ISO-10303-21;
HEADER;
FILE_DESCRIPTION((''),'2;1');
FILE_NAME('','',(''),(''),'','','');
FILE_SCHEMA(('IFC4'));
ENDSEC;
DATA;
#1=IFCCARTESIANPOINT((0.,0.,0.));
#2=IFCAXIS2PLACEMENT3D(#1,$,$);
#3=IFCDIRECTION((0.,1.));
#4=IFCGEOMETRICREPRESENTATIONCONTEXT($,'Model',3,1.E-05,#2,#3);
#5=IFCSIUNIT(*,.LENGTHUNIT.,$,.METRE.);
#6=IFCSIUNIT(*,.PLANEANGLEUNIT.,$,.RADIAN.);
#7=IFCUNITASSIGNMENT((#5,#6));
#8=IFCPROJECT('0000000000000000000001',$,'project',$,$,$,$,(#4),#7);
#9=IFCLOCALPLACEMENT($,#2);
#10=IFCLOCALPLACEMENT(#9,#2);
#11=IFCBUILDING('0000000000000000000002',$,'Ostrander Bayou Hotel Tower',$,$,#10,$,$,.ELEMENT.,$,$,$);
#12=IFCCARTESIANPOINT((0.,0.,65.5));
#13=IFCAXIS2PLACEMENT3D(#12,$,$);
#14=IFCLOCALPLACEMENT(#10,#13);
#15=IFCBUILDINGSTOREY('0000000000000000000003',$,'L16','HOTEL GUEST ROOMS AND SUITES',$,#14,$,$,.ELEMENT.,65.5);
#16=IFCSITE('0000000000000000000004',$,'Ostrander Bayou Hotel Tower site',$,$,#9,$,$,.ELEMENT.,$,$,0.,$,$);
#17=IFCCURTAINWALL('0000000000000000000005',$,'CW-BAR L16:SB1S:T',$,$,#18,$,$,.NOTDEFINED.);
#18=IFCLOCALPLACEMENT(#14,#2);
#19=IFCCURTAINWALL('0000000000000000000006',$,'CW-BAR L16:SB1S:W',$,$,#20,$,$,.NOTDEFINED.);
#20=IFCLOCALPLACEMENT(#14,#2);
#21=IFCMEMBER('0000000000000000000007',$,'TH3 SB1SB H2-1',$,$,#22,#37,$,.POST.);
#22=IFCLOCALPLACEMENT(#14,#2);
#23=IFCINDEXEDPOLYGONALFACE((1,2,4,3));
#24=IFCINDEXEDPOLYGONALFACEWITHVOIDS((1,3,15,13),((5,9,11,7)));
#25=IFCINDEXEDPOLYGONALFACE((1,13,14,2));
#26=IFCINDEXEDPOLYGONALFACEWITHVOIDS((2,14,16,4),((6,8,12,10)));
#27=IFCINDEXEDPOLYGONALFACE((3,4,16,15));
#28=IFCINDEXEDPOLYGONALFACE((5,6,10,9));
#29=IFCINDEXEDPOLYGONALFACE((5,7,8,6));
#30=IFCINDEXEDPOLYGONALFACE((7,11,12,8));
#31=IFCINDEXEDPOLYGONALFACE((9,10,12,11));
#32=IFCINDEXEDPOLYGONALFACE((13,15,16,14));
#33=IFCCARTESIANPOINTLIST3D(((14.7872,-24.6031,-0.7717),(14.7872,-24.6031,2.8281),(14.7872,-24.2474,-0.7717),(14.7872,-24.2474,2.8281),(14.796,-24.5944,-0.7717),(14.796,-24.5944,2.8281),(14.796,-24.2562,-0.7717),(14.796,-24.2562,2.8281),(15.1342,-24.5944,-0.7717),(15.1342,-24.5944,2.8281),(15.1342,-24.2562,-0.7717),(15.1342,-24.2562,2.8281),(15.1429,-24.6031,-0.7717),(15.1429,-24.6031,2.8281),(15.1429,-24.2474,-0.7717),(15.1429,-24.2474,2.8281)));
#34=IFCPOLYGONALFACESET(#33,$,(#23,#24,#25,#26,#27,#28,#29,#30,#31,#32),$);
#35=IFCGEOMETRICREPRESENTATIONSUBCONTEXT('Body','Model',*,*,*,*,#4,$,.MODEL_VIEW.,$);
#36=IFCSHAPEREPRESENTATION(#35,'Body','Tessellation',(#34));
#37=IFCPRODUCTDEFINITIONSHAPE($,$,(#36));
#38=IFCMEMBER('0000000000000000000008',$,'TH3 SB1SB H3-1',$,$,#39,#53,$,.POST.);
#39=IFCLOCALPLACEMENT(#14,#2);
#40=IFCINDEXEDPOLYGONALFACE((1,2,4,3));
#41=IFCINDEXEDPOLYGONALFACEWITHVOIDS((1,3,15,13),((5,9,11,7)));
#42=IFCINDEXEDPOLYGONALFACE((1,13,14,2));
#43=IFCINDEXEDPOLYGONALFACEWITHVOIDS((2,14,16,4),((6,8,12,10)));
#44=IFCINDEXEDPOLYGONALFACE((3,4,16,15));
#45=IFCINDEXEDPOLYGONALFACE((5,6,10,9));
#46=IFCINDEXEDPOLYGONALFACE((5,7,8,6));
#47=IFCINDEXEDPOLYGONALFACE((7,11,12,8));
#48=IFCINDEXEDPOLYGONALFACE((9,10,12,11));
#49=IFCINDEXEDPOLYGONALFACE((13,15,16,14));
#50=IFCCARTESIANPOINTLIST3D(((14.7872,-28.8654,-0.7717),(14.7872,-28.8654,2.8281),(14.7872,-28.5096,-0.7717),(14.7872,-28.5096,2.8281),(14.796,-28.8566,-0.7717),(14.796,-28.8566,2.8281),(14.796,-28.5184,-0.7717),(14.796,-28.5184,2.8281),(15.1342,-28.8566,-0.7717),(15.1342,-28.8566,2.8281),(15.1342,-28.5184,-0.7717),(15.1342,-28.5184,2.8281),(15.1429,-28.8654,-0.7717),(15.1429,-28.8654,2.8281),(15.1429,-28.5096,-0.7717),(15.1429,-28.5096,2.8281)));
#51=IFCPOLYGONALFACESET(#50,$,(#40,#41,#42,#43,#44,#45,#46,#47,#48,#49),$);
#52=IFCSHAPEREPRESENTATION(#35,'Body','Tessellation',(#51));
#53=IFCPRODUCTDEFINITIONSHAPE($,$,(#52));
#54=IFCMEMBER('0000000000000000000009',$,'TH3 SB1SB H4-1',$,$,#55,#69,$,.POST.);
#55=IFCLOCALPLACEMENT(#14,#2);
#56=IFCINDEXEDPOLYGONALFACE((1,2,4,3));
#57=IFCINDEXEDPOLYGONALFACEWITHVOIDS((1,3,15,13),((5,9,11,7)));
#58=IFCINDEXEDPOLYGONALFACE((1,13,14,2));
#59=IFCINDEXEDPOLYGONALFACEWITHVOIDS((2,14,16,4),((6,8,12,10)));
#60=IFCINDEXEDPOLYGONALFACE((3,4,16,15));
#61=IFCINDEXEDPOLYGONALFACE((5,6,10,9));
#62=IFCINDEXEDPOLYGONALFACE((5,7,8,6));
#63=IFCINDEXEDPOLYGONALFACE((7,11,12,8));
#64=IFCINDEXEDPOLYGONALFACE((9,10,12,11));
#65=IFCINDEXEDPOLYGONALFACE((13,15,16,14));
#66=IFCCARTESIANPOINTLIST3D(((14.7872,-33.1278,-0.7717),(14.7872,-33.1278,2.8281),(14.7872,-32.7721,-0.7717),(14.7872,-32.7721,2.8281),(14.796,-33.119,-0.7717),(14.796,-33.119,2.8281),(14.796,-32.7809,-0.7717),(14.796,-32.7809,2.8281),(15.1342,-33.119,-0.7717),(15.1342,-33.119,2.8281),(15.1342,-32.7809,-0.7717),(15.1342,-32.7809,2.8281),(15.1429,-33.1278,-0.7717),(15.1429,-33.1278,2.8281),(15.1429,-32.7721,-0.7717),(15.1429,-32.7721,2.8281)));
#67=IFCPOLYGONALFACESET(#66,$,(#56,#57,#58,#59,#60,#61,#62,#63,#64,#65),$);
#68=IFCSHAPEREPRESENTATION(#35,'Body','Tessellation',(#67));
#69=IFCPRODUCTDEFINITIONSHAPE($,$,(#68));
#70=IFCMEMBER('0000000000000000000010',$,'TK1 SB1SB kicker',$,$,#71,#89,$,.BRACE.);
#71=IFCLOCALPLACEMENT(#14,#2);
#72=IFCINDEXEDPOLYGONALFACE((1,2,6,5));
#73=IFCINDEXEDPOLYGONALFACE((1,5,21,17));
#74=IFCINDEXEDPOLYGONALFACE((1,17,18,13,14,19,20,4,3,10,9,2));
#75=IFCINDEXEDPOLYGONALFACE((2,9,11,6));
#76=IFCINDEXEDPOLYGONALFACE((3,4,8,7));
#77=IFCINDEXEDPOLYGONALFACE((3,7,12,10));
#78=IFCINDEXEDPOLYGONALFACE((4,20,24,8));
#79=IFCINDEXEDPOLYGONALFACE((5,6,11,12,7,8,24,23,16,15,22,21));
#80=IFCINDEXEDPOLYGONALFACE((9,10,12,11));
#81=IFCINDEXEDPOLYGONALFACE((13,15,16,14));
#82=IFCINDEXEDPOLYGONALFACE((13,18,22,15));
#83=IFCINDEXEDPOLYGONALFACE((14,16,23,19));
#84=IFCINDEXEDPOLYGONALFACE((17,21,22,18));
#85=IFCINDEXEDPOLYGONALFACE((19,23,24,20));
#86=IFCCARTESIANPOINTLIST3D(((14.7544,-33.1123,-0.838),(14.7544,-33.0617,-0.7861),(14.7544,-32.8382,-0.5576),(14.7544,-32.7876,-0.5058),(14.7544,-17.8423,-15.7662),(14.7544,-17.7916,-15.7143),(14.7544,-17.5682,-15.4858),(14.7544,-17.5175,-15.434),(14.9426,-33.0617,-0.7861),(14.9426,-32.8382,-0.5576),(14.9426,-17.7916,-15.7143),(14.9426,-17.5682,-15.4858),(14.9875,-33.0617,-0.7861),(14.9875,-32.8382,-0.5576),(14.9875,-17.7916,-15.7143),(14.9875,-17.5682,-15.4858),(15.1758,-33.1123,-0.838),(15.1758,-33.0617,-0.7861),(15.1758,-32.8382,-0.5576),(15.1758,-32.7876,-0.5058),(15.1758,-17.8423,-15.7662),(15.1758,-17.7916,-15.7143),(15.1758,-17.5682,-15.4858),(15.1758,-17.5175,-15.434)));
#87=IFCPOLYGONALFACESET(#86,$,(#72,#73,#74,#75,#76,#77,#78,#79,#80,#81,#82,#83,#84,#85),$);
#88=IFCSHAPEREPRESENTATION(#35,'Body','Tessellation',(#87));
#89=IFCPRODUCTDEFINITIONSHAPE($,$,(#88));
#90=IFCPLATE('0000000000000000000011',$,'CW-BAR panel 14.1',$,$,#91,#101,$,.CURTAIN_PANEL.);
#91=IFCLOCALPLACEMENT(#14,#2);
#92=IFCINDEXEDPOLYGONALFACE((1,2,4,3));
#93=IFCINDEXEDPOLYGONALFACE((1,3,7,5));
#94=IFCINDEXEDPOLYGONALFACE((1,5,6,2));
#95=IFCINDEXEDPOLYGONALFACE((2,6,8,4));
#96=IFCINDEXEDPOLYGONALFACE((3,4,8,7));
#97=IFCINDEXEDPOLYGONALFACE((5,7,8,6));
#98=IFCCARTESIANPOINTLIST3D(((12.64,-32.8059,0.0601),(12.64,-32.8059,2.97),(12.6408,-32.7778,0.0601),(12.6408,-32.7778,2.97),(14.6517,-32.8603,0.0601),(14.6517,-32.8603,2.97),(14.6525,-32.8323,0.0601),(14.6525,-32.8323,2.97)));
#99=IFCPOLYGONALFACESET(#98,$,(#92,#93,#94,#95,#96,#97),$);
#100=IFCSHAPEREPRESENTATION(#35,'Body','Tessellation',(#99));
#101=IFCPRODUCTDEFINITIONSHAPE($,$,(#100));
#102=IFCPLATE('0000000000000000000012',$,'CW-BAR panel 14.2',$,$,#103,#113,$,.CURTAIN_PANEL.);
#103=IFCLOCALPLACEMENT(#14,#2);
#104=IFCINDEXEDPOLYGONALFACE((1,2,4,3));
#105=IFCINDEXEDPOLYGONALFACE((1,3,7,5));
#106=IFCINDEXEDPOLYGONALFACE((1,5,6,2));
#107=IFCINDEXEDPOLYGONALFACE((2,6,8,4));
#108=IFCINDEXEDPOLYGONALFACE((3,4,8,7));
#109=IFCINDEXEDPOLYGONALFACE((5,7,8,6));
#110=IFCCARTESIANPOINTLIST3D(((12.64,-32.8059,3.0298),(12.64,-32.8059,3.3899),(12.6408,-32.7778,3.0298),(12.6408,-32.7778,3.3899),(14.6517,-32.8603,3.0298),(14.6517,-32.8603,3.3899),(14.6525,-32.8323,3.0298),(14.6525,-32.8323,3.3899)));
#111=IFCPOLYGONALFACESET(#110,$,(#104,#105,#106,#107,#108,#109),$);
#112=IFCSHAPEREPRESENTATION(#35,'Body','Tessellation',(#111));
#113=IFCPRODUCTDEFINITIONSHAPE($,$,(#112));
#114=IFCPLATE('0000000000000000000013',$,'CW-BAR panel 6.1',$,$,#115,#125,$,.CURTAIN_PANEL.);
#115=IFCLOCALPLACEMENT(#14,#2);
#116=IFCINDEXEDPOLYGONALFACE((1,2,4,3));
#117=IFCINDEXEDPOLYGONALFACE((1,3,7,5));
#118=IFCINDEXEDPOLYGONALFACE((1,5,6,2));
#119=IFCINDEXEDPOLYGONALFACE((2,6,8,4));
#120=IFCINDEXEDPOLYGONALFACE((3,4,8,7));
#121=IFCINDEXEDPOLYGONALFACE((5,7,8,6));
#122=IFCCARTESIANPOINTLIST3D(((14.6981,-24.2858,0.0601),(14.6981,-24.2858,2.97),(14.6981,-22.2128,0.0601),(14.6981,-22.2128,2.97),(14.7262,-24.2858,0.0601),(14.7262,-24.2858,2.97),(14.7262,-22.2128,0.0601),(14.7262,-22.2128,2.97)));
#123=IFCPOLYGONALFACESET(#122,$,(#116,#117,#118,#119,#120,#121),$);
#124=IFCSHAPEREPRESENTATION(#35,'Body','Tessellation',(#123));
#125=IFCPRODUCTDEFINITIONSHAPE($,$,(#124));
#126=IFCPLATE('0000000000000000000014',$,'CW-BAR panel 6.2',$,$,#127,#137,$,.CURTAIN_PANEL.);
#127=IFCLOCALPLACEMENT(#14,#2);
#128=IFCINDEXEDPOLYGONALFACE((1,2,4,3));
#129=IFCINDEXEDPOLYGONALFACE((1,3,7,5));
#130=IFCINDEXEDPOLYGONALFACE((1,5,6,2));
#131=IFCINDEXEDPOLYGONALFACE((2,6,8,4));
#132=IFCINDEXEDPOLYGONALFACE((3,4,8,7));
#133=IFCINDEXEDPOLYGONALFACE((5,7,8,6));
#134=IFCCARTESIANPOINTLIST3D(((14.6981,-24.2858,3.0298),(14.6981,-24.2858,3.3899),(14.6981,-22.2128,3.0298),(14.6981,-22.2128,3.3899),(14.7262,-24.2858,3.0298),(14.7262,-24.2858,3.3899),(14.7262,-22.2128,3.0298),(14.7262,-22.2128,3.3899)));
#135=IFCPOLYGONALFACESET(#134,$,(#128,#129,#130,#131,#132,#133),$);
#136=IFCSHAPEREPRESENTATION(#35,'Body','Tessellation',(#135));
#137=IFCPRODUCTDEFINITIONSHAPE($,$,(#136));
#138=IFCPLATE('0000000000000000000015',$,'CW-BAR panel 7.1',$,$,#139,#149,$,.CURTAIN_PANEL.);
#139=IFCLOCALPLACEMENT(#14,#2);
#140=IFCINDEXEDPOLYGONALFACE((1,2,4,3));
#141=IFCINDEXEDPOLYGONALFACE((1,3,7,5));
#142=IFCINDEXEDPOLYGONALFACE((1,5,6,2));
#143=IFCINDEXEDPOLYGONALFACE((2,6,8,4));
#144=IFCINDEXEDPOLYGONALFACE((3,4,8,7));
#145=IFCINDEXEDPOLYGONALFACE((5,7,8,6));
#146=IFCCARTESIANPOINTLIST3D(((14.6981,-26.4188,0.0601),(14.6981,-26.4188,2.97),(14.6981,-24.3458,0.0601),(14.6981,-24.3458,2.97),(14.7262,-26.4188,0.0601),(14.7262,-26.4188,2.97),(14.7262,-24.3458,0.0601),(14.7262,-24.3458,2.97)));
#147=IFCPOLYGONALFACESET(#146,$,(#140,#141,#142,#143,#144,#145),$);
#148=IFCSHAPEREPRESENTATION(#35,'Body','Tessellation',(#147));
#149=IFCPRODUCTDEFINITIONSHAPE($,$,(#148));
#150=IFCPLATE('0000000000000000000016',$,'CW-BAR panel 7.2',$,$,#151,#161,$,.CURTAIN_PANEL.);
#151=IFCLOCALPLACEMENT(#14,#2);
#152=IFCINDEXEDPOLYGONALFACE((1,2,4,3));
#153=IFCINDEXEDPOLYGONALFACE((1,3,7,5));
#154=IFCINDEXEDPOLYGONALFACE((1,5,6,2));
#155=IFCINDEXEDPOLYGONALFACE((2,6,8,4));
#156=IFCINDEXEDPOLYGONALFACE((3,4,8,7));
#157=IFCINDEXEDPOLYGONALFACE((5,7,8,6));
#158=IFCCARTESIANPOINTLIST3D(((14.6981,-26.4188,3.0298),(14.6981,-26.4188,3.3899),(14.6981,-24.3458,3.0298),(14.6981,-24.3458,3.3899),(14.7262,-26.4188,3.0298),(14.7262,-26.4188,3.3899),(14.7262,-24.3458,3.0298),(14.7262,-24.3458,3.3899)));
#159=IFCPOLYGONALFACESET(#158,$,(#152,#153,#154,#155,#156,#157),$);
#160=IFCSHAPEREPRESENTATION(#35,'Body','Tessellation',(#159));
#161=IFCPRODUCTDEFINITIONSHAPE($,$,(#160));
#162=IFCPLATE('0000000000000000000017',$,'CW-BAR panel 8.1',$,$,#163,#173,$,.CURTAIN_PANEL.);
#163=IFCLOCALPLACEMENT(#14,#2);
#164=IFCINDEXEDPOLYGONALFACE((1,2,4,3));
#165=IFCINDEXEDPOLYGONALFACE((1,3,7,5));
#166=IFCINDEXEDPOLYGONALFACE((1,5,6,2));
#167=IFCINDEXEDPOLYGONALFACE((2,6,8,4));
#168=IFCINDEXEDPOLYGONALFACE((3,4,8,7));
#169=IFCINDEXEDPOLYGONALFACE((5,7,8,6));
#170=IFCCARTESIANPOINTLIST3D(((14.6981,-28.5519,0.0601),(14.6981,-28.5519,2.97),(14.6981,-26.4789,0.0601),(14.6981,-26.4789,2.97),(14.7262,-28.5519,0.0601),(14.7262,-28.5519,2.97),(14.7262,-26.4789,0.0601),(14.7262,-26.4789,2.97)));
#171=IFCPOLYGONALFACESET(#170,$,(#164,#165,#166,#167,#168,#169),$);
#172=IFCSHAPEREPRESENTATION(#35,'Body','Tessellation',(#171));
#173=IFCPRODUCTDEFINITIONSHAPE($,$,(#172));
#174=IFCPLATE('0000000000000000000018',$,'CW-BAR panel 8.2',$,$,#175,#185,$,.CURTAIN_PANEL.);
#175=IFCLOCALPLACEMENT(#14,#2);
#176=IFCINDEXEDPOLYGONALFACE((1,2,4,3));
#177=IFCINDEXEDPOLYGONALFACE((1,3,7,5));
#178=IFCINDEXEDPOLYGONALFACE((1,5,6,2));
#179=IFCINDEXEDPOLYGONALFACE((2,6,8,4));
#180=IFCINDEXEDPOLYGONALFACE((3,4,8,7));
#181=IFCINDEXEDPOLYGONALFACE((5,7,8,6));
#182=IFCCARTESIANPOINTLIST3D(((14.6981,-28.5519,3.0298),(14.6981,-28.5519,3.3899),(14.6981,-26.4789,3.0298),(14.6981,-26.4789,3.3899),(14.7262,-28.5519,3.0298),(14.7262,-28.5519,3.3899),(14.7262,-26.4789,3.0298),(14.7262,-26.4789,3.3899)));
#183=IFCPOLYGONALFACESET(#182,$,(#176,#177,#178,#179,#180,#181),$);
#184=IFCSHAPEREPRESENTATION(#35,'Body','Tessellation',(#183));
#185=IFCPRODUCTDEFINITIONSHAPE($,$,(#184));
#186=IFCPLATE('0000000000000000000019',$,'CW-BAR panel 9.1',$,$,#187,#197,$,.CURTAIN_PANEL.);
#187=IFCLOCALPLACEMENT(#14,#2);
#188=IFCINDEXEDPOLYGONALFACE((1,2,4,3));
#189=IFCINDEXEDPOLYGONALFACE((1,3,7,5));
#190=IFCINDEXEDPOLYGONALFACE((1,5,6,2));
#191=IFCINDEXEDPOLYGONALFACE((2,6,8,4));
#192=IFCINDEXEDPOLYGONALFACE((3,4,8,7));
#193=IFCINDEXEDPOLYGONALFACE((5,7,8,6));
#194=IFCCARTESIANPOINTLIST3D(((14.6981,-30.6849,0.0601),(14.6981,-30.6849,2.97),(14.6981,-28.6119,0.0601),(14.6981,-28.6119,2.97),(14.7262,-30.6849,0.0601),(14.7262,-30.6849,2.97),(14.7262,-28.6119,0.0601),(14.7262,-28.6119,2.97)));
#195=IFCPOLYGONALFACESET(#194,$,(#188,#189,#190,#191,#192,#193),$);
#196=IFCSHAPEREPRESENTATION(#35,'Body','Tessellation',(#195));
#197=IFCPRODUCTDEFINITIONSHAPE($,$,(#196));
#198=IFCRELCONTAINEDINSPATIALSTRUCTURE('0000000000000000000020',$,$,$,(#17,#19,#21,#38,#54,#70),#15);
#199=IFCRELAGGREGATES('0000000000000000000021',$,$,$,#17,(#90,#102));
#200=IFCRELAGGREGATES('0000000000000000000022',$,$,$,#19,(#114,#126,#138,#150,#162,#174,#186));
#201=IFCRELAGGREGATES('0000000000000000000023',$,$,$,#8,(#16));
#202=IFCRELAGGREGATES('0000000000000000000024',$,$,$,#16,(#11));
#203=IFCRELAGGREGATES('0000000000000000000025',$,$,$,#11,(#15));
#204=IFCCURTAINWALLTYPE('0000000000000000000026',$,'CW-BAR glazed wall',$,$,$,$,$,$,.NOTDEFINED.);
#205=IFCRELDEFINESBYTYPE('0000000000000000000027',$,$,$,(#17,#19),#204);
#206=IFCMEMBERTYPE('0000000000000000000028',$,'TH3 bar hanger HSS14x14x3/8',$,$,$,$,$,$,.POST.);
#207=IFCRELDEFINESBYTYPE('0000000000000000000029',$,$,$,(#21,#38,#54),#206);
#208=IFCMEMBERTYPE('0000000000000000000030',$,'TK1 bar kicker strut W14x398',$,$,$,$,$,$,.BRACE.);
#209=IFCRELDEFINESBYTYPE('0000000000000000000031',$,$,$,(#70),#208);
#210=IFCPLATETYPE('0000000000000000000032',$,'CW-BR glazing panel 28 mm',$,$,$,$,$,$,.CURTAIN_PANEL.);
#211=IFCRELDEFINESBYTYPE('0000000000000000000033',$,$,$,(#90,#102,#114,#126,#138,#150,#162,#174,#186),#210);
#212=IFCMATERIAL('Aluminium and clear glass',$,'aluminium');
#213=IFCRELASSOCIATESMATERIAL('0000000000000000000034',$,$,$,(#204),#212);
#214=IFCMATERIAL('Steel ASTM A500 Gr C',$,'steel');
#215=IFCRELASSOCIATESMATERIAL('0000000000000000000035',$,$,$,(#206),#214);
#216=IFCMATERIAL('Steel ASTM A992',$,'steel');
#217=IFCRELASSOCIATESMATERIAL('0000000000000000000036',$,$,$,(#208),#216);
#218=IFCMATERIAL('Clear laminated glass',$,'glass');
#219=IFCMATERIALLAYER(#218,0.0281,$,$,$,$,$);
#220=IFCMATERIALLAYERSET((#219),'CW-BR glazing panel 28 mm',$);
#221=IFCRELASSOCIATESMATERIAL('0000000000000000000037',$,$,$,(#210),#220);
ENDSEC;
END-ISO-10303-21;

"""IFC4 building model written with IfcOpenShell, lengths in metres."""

from ifc_helpers import new_model, si_unit, direction, frame, origin, origin_2d, place, context, subcontext, project, spatial, rectangle, hollow_rectangle, i_section, extrude, material, layer, layer_set, material_profile, profile_set, type_object, element, aggregate, save


model = new_model("IFC4")

# Units and contexts
model_context = context("Model", 3, precision=1e-05, world=origin(), true_north=direction((0.0, 1.0)))
body_context = subcontext(model_context, "Body", "Model", "MODEL_VIEW")
ifc_project = project(units=[si_unit("LENGTHUNIT", "METRE"), si_unit("PLANEANGLEUNIT", "RADIAN")], contexts=[model_context])

# Site, building, storey
site_placement = place(None, origin())
site = spatial("IfcSite", under=ifc_project, at=site_placement, Name="Ostrander Bayou Hotel Tower site", CompositionType="ELEMENT", RefElevation=0.0)
building_placement = place(site_placement, origin())
building = spatial("IfcBuilding", under=site, at=building_placement, Name="Ostrander Bayou Hotel Tower", CompositionType="ELEMENT")
storey_placement = place(building_placement, frame((0.0, 0.0, 65.5)))
storey = spatial("IfcBuildingStorey", under=building, at=storey_placement, Name="L16", Description="HOTEL GUEST ROOMS AND SUITES", CompositionType="ELEMENT", Elevation=65.5)

# Curtain walls
ifc_material_1 = material(Name="Aluminium and clear glass", Category="aluminium")
curtain_wall_type = type_object("IfcCurtainWallType", Name="CW-BAR glazed wall", PredefinedType="NOTDEFINED", material=ifc_material_1)
curtain_wall_1_placement = place(storey_placement, origin())
curtain_wall_1 = element("IfcCurtainWall", 1, at=curtain_wall_1_placement, inside=storey, type_object=curtain_wall_type, Name="CW-BAR L16:SB1S:T", PredefinedType="NOTDEFINED")
curtain_wall_2_placement = place(storey_placement, origin())
curtain_wall_2 = element("IfcCurtainWall", 2, at=curtain_wall_2_placement, inside=storey, type_object=curtain_wall_type, Name="CW-BAR L16:SB1S:W", PredefinedType="NOTDEFINED")

# Members
ifc_material_2 = material(Name="Steel ASTM A500 Gr C", Category="steel")
ifc_material_profile_1 = material_profile(ifc_material_2, hollow_rectangle(XDim=0.3557, YDim=0.3557, WallThickness=0.0088, at=origin_2d()))
ifc_profile_set_1 = profile_set([ifc_material_profile_1], Name="Steel ASTM A500 Gr C")
member_type_1 = type_object("IfcMemberType", Name="TH3 bar hanger HSS14x14x3/8", PredefinedType="POST", material=ifc_profile_set_1)
for number, where, z_axis, x_axis, name in (
    (3, (14.9651, -24.4253, -0.7717), (0.0, 0.0, 1.0), (1.0, 0.0, 0.0), "TH3 SB1SB H2-1"),
    (4, (14.9651, -28.6875, -0.7717), (0.0, 0.0, 1.0), (1.0, 0.0, 0.0), "TH3 SB1SB H3-1"),
    (5, (14.9651, -32.95, -0.7717), (0.0, 0.0, 1.0), (1.0, 0.0, 0.0), "TH3 SB1SB H4-1"),
):
    element("IfcMember", number, at=place(storey_placement, frame(where, z_axis=z_axis, x_axis=x_axis)), inside=storey, type_object=member_type_1, Name=name, PredefinedType="POST", context=body_context, shape_type="SweptSolid", body=[
        extrude(hollow_rectangle(XDim=0.3557, YDim=0.3557, WallThickness=0.0088, at=origin_2d()), origin(), (0.0, 0.0, 1.0), 3.5999),
    ])
ifc_material_3 = material(Name="Steel ASTM A992", Category="steel")
ifc_material_profile_2 = material_profile(ifc_material_3, i_section(OverallWidth=0.4214, OverallDepth=0.4646, WebThickness=0.0449, FlangeThickness=0.0725, at=origin_2d()))
ifc_profile_set_2 = profile_set([ifc_material_profile_2], Name="Steel ASTM A992")
member_type_2 = type_object("IfcMemberType", Name="TK1 bar kicker strut W14x398", PredefinedType="BRACE", material=ifc_profile_set_2)
member_1_placement = place(storey_placement, frame((14.9651, -32.95, -0.6719), z_axis=(0.0, 0.715064, -0.699059), x_axis=(-1.0, 0.0, 0.0)))
element("IfcMember", 6, at=member_1_placement, inside=storey, type_object=member_type_2, Name="TK1 SB1SB kicker", PredefinedType="BRACE", context=body_context, shape_type="SweptSolid", body=[
    extrude(i_section(OverallWidth=0.4214, OverallDepth=0.4646, WebThickness=0.0449, FlangeThickness=0.0725, at=origin_2d()), origin(), (0.0, 0.0, 1.0), 21.3547),
])

# Plates
ifc_material_4 = material(Name="Clear laminated glass", Category="glass")
ifc_layer_1 = layer(ifc_material_4, 0.0281)
ifc_layer_set_1 = layer_set([ifc_layer_1], Name="CW-BR glazing panel 28 mm")
plate_type = type_object("IfcPlateType", Name="CW-BR glazing panel 28 mm", PredefinedType="CURTAIN_PANEL", material=ifc_layer_set_1)
plate_1_placement = place(storey_placement, frame((13.6462, -32.8191, 0.0601), z_axis=(0.0, 0.0, 1.0), x_axis=(0.999634, -0.027042, 0.0)))
plate_1 = element("IfcPlate", 7, at=plate_1_placement, type_object=plate_type, Name="CW-BAR panel 14.1", PredefinedType="CURTAIN_PANEL", context=body_context, shape_type="SweptSolid", body=[
    extrude(rectangle(XDim=2.0125, YDim=0.0281, at=origin_2d()), origin(), (0.0, 0.0, 1.0), 2.9099),
])
plate_2_placement = place(storey_placement, frame((13.6462, -32.8191, 3.0298), z_axis=(0.0, 0.0, 1.0), x_axis=(0.999634, -0.027042, 0.0)))
plate_2 = element("IfcPlate", 8, at=plate_2_placement, type_object=plate_type, Name="CW-BAR panel 14.2", PredefinedType="CURTAIN_PANEL", context=body_context, shape_type="SweptSolid", body=[
    extrude(rectangle(XDim=2.0125, YDim=0.0281, at=origin_2d()), origin(), (0.0, 0.0, 1.0), 0.3601),
])
aggregate(curtain_wall_1, [plate_1, plate_2])
plate_3_placement = place(storey_placement, frame((14.7122, -23.2493, 0.0601), z_axis=(0.0, 0.0, 1.0), x_axis=(0.0, -1.0, 0.0)))
plate_3 = element("IfcPlate", 9, at=plate_3_placement, type_object=plate_type, Name="CW-BAR panel 6.1", PredefinedType="CURTAIN_PANEL", context=body_context, shape_type="SweptSolid", body=[
    extrude(rectangle(XDim=2.073, YDim=0.0281, at=origin_2d()), origin(), (0.0, 0.0, 1.0), 2.9099),
])
plate_4_placement = place(storey_placement, frame((14.7122, -23.2493, 3.0298), z_axis=(0.0, 0.0, 1.0), x_axis=(0.0, -1.0, 0.0)))
plate_4 = element("IfcPlate", 10, at=plate_4_placement, type_object=plate_type, Name="CW-BAR panel 6.2", PredefinedType="CURTAIN_PANEL", context=body_context, shape_type="SweptSolid", body=[
    extrude(rectangle(XDim=2.073, YDim=0.0281, at=origin_2d()), origin(), (0.0, 0.0, 1.0), 0.3601),
])
plate_5_placement = place(storey_placement, frame((14.7122, -25.3823, 0.0601), z_axis=(0.0, 0.0, 1.0), x_axis=(0.0, -1.0, 0.0)))
plate_5 = element("IfcPlate", 11, at=plate_5_placement, type_object=plate_type, Name="CW-BAR panel 7.1", PredefinedType="CURTAIN_PANEL", context=body_context, shape_type="SweptSolid", body=[
    extrude(rectangle(XDim=2.073, YDim=0.0281, at=origin_2d()), origin(), (0.0, 0.0, 1.0), 2.9099),
])
plate_6_placement = place(storey_placement, frame((14.7122, -25.3823, 3.0298), z_axis=(0.0, 0.0, 1.0), x_axis=(0.0, -1.0, 0.0)))
plate_6 = element("IfcPlate", 12, at=plate_6_placement, type_object=plate_type, Name="CW-BAR panel 7.2", PredefinedType="CURTAIN_PANEL", context=body_context, shape_type="SweptSolid", body=[
    extrude(rectangle(XDim=2.073, YDim=0.0281, at=origin_2d()), origin(), (0.0, 0.0, 1.0), 0.3601),
])
plate_7_placement = place(storey_placement, frame((14.7122, -27.5154, 0.0601), z_axis=(0.0, 0.0, 1.0), x_axis=(0.0, -1.0, 0.0)))
plate_7 = element("IfcPlate", 13, at=plate_7_placement, type_object=plate_type, Name="CW-BAR panel 8.1", PredefinedType="CURTAIN_PANEL", context=body_context, shape_type="SweptSolid", body=[
    extrude(rectangle(XDim=2.073, YDim=0.0281, at=origin_2d()), origin(), (0.0, 0.0, 1.0), 2.9099),
])
plate_8_placement = place(storey_placement, frame((14.7122, -27.5154, 3.0298), z_axis=(0.0, 0.0, 1.0), x_axis=(0.0, -1.0, 0.0)))
plate_8 = element("IfcPlate", 14, at=plate_8_placement, type_object=plate_type, Name="CW-BAR panel 8.2", PredefinedType="CURTAIN_PANEL", context=body_context, shape_type="SweptSolid", body=[
    extrude(rectangle(XDim=2.073, YDim=0.0281, at=origin_2d()), origin(), (0.0, 0.0, 1.0), 0.3601),
])
plate_9_placement = place(storey_placement, frame((14.7122, -29.6484, 0.0601), z_axis=(0.0, 0.0, 1.0), x_axis=(0.0, -1.0, 0.0)))
plate_9 = element("IfcPlate", 15, at=plate_9_placement, type_object=plate_type, Name="CW-BAR panel 9.1", PredefinedType="CURTAIN_PANEL", context=body_context, shape_type="SweptSolid", body=[
    extrude(rectangle(XDim=2.073, YDim=0.0281, at=origin_2d()), origin(), (0.0, 0.0, 1.0), 2.9099),
])
aggregate(curtain_wall_2, [plate_3, plate_4, plate_5, plate_6, plate_7, plate_8, plate_9])

save(model, "model.ifc")
